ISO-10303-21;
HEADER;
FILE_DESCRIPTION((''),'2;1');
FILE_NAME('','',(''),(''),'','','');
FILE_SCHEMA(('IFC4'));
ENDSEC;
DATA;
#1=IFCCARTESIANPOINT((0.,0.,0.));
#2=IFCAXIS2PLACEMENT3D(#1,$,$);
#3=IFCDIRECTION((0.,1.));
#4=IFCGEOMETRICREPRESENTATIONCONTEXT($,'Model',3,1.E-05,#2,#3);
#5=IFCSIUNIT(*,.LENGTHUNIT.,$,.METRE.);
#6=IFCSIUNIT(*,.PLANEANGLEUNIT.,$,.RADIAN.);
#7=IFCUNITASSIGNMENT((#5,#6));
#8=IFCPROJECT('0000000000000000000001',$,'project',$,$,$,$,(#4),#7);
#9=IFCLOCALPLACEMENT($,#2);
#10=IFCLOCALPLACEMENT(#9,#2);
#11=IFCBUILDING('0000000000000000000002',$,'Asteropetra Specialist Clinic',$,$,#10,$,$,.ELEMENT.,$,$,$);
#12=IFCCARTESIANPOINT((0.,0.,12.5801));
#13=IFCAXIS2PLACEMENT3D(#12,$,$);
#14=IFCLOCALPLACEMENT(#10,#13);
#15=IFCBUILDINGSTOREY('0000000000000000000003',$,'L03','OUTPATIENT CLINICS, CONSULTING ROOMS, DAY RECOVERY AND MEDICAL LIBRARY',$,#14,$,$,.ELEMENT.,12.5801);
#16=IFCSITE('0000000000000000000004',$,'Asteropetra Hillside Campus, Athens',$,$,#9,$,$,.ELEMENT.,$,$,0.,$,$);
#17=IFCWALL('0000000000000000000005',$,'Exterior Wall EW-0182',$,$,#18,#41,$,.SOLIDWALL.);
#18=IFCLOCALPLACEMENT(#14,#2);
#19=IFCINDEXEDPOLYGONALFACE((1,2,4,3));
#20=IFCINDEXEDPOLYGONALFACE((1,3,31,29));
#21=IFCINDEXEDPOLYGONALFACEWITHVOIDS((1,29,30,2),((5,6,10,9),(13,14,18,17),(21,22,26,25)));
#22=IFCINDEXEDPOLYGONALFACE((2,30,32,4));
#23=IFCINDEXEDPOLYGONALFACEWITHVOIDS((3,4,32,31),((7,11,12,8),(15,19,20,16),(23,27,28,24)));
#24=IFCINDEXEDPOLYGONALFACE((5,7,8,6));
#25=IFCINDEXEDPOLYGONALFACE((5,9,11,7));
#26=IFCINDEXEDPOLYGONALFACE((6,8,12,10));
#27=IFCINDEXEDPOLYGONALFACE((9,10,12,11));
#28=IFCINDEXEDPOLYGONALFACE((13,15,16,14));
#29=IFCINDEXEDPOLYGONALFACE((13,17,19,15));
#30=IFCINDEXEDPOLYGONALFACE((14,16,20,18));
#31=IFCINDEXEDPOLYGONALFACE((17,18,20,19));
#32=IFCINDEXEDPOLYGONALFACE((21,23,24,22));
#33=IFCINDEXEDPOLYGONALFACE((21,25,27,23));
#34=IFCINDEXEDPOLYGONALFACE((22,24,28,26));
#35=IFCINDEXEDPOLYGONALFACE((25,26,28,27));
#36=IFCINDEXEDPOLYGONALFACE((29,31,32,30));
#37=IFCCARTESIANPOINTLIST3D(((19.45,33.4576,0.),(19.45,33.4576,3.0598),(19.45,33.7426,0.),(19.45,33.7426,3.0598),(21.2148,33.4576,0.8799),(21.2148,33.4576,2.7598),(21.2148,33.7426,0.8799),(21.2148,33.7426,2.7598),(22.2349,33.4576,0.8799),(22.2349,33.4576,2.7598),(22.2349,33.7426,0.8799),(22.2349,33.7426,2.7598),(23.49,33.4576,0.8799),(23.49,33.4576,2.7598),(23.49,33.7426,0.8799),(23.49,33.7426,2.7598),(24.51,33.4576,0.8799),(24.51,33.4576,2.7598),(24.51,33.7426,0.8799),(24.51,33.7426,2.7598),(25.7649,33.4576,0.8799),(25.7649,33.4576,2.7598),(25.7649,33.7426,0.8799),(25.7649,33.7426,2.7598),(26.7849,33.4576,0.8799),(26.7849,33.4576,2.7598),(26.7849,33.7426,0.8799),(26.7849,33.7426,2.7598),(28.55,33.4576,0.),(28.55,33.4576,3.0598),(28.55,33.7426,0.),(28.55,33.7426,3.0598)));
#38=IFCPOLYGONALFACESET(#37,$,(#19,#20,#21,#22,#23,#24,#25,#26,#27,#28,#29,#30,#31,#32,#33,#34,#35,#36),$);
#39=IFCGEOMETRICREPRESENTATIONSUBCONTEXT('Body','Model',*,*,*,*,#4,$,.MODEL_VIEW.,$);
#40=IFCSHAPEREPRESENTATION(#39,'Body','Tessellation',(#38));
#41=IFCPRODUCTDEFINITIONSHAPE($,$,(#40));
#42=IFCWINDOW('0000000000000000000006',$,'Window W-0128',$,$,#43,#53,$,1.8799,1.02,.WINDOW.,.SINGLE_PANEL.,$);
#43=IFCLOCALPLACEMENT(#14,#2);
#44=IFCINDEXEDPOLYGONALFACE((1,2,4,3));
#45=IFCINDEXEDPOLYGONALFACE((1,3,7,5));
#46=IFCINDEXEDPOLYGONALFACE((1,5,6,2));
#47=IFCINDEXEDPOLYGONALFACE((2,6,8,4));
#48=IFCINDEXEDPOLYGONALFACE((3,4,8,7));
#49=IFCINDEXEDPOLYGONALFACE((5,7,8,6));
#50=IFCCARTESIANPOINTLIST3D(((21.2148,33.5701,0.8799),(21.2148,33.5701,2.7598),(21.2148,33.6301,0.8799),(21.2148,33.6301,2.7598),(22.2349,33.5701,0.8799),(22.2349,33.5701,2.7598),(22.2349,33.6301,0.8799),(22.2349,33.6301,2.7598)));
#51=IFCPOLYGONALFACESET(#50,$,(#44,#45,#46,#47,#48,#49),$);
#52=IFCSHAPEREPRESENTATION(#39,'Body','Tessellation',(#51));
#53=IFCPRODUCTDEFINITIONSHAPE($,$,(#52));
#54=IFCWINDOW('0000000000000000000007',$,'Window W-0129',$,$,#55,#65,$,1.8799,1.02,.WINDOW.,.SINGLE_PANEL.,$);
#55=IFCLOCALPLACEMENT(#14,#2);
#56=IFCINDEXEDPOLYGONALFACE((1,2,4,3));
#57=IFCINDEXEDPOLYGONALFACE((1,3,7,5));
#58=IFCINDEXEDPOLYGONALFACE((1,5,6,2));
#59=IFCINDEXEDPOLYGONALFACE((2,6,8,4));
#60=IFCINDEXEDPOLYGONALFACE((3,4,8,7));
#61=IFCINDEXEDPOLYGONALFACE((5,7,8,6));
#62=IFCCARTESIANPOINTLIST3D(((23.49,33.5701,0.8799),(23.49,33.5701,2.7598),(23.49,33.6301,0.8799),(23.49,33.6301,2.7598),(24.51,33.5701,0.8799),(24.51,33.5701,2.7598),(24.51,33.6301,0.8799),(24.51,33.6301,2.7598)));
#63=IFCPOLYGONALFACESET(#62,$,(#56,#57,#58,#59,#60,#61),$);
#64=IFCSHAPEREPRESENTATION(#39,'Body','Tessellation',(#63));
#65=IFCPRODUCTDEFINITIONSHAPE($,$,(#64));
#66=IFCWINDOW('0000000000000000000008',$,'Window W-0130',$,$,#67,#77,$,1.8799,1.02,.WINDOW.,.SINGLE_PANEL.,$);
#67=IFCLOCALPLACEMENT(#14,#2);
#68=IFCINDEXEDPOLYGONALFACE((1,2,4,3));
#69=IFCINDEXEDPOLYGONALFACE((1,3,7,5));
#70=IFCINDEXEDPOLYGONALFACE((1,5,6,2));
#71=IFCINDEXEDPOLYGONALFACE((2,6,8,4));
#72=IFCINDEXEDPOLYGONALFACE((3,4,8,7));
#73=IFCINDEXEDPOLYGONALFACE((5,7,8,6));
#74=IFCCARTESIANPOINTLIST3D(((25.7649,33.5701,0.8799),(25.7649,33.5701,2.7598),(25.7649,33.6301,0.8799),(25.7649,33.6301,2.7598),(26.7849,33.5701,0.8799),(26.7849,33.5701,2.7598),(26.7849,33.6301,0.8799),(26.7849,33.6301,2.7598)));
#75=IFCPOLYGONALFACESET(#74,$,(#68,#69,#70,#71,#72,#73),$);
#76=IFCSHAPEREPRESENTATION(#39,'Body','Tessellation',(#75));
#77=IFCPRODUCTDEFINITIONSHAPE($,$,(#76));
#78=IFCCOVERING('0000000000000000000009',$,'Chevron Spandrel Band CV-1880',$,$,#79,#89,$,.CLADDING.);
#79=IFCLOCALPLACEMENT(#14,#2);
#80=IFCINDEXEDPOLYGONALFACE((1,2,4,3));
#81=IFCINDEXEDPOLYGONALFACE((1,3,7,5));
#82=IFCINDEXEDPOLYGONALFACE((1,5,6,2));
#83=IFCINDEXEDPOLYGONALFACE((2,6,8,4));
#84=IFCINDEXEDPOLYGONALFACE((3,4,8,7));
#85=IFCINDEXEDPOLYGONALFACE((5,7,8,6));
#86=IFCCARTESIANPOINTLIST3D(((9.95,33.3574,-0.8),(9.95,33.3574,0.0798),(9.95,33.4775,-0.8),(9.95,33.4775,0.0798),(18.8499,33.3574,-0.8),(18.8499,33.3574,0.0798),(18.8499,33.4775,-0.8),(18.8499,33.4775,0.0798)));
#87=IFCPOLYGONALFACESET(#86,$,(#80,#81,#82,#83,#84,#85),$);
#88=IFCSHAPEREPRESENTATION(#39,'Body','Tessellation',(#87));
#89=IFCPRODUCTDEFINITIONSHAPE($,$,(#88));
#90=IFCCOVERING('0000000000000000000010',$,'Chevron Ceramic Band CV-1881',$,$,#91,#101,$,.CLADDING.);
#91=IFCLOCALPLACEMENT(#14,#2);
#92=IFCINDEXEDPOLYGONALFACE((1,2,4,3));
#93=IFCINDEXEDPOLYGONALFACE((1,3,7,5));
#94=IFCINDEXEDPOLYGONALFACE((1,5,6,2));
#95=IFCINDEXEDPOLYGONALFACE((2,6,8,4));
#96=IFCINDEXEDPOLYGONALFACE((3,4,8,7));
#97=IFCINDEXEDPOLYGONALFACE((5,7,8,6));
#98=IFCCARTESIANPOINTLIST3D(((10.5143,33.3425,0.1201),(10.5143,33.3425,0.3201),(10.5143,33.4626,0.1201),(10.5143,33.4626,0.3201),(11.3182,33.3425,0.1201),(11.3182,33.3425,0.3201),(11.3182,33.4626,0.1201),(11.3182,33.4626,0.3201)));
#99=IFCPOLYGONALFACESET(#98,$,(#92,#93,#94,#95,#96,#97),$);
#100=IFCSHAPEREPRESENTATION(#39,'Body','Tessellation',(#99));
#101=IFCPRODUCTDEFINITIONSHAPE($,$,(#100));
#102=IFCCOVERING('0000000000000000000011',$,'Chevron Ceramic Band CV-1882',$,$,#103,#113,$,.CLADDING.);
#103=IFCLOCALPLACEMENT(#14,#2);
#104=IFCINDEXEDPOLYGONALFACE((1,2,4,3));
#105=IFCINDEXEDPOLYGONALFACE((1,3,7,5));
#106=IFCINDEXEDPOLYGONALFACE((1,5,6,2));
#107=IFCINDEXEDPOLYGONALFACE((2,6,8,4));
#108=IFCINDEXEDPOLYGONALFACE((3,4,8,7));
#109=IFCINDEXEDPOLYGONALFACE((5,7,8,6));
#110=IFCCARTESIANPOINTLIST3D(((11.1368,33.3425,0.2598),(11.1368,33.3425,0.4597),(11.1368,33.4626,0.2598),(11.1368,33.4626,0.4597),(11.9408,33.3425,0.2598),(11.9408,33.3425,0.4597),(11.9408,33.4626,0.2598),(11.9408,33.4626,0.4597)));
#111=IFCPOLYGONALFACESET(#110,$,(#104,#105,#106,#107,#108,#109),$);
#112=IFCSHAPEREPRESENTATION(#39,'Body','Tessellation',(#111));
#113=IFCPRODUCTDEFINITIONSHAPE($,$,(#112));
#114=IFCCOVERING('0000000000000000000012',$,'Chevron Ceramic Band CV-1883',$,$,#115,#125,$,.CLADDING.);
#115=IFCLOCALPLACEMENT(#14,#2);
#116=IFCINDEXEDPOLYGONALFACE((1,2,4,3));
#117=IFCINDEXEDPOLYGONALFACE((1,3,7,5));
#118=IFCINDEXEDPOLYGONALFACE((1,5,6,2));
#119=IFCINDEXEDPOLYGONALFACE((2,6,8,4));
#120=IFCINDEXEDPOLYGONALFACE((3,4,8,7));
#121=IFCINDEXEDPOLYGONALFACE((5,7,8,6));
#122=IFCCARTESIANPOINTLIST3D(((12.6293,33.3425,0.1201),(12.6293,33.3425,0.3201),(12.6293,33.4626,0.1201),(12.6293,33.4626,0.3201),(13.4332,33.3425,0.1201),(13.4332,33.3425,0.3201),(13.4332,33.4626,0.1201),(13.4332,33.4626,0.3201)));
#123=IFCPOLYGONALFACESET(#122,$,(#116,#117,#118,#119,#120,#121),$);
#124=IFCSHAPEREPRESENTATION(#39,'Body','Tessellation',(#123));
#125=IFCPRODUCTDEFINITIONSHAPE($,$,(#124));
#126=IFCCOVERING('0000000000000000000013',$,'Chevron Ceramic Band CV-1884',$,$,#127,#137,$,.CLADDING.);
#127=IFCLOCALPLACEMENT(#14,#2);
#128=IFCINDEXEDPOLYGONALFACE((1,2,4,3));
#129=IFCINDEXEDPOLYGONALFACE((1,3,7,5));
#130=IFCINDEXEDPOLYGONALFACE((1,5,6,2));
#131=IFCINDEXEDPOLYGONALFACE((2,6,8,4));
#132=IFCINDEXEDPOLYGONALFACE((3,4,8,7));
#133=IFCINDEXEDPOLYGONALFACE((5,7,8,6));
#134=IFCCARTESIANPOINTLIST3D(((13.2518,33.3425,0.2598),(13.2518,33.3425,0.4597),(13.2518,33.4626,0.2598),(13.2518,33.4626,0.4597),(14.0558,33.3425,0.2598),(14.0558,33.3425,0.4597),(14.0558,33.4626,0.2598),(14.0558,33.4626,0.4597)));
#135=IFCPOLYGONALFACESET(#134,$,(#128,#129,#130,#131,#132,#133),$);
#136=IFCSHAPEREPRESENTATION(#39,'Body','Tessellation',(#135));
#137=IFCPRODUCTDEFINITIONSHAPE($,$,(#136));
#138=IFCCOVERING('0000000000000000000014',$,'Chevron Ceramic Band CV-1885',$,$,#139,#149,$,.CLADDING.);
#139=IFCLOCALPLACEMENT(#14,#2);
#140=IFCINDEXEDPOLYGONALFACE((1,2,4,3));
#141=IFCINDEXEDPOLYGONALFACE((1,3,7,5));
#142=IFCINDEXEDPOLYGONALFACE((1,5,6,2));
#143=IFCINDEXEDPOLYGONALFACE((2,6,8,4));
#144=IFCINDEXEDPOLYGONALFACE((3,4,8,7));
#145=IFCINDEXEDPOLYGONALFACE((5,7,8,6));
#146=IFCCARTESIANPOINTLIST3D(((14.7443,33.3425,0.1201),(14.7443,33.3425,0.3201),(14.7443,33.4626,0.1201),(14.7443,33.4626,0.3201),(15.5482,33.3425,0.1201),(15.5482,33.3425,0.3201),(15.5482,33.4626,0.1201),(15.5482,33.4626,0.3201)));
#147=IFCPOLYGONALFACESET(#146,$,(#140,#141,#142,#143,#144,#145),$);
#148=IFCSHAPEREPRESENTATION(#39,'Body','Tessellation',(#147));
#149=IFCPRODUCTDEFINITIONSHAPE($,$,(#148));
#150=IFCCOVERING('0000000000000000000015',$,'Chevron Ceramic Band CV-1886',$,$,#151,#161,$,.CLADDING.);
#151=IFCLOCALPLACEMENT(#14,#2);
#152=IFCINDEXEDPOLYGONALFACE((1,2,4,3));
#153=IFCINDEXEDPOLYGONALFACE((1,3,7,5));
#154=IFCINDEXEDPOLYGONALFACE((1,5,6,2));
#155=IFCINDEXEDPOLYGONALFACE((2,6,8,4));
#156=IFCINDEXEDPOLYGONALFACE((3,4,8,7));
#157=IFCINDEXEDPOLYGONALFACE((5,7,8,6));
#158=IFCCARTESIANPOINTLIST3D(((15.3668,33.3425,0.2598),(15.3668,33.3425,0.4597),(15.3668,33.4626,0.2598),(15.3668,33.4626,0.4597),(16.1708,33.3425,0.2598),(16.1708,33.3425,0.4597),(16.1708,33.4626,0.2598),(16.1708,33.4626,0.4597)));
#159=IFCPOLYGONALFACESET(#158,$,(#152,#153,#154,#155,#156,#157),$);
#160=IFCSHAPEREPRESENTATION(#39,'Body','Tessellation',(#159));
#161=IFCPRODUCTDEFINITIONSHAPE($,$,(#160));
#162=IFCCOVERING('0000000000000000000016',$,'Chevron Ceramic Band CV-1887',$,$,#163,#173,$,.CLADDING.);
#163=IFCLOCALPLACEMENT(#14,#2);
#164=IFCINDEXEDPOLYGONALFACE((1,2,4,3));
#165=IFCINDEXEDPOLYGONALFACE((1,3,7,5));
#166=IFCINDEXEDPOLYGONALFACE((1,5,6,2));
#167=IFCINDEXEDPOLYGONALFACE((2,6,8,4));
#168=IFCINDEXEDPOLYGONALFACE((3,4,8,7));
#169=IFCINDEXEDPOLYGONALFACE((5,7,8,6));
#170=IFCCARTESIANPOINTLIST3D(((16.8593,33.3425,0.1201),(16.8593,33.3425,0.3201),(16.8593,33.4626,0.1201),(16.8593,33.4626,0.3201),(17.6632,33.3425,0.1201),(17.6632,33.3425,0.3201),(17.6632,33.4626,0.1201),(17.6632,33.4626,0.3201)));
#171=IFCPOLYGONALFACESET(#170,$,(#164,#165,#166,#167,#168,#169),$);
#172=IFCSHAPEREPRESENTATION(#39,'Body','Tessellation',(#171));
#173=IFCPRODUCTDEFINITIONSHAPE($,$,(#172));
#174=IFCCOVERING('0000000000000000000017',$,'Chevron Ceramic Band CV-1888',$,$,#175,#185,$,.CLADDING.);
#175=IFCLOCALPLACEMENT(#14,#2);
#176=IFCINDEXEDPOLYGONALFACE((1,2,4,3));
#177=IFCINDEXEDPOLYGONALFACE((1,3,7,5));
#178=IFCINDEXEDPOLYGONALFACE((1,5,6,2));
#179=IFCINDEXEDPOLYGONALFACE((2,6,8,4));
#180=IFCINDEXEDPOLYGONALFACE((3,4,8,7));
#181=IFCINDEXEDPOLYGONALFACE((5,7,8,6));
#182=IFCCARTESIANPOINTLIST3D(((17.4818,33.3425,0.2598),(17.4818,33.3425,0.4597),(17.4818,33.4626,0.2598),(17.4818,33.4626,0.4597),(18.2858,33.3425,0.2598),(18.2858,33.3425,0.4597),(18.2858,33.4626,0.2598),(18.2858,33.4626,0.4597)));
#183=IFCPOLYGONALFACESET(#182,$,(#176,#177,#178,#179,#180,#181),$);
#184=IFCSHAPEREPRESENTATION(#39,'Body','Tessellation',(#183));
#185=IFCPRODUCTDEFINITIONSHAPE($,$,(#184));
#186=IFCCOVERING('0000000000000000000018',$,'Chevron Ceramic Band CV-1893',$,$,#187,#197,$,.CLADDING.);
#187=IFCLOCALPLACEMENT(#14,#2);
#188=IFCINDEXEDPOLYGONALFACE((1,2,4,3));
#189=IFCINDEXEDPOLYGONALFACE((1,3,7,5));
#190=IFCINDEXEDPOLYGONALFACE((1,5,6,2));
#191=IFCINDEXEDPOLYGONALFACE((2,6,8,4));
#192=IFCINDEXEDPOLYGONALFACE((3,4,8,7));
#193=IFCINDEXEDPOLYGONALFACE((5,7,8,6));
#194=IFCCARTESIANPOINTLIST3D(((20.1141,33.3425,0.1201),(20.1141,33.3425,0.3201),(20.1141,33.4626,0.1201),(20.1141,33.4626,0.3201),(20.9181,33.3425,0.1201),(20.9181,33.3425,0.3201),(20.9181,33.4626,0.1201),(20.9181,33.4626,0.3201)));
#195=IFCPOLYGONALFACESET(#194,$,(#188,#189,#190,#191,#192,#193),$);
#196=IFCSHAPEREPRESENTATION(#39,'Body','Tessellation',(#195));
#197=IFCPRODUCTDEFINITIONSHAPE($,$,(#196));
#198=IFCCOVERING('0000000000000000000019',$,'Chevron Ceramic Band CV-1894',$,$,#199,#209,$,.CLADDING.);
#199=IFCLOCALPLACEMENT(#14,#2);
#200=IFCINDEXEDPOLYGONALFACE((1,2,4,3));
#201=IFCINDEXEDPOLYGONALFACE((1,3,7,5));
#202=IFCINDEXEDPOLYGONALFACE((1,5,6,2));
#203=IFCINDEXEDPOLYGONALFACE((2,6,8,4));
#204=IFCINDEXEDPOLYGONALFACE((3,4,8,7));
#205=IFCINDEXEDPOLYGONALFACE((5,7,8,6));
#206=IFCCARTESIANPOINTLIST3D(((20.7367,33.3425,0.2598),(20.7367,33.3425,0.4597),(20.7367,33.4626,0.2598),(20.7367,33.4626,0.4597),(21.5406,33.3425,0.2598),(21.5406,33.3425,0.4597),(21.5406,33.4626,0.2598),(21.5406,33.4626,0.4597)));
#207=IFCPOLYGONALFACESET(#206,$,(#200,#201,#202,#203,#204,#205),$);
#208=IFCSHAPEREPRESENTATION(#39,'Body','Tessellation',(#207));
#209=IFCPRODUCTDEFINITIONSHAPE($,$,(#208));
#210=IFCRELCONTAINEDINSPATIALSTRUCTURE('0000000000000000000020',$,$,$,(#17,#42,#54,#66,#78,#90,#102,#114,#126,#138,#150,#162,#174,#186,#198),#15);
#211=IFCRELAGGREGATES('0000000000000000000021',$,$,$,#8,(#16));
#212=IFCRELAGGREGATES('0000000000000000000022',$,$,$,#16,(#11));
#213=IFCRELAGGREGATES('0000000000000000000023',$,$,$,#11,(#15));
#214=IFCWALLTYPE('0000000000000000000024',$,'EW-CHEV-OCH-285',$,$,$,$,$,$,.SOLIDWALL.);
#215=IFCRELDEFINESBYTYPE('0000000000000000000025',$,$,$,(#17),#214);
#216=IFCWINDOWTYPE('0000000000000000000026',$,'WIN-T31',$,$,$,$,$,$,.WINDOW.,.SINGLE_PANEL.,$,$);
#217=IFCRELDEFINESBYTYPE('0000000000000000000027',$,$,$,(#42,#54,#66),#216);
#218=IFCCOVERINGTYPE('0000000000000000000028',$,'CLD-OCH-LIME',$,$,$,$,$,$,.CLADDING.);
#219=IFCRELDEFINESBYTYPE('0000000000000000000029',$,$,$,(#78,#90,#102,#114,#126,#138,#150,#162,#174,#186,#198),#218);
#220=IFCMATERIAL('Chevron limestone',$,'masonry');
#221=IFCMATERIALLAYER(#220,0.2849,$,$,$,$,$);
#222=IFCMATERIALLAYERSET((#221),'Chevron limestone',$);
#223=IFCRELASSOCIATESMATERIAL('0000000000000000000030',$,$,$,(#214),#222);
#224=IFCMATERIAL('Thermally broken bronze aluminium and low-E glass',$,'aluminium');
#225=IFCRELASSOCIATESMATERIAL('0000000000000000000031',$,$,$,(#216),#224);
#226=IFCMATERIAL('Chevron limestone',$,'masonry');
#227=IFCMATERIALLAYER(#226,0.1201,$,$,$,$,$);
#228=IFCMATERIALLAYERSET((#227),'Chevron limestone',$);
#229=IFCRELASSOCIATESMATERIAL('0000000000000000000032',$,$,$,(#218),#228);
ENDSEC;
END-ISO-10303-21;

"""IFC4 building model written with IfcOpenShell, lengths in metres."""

from ifc_helpers import new_model, si_unit, direction, frame, frame_2d, origin, origin_2d, place, context, subcontext, project, spatial, rectangle, extrude, material, layer, layer_set, type_object, element, fill, save


model = new_model("IFC4")

# Units and contexts
model_context = context("Model", 3, precision=1e-05, world=origin(), true_north=direction((0.0, 1.0)))
body_context = subcontext(model_context, "Body", "Model", "MODEL_VIEW")
ifc_project = project(units=[si_unit("LENGTHUNIT", "METRE"), si_unit("PLANEANGLEUNIT", "RADIAN")], contexts=[model_context])

# Site, building, storey
site_placement = place(None, origin())
site = spatial("IfcSite", under=ifc_project, at=site_placement, Name="Asteropetra Hillside Campus, Athens", CompositionType="ELEMENT", RefElevation=0.0)
building_placement = place(site_placement, origin())
building = spatial("IfcBuilding", under=site, at=building_placement, Name="Asteropetra Specialist Clinic", CompositionType="ELEMENT")
storey_placement = place(building_placement, frame((0.0, 0.0, 12.5801)))
storey = spatial("IfcBuildingStorey", under=building, at=storey_placement, Name="L03", Description="OUTPATIENT CLINICS, CONSULTING ROOMS, DAY RECOVERY AND MEDICAL LIBRARY", CompositionType="ELEMENT", Elevation=12.5801)

# Wall, openings, windows
ifc_material_1 = material(Name="Chevron limestone", Category="masonry")
ifc_layer_1 = layer(ifc_material_1, 0.2849)
ifc_layer_set_1 = layer_set([ifc_layer_1], Name="Chevron limestone")
wall_type = type_object("IfcWallType", Name="EW-CHEV-OCH-285", PredefinedType="SOLIDWALL", material=ifc_layer_set_1)
ifc_material_2 = material(Name="Thermally broken bronze aluminium and low-E glass", Category="aluminium")
window_type = type_object("IfcWindowType", Name="WIN-T31", PartitioningType="SINGLE_PANEL", PredefinedType="WINDOW", material=ifc_material_2)
wall_1_placement = place(storey_placement, frame((19.45, 33.6001, 0.0), z_axis=(0.0, 0.0, 1.0), x_axis=(1.0, 0.0, 0.0)))
wall_1 = element("IfcWall", 1, at=wall_1_placement, inside=storey, type_object=wall_type, Name="Exterior Wall EW-0182", PredefinedType="SOLIDWALL", context=body_context, shape_type="SweptSolid", body=[
    extrude(rectangle(XDim=9.1001, YDim=0.2849, at=frame_2d((4.55, 0.0))), origin(), (0.0, 0.0, 1.0), 3.0598),
])
opening_1_placement = place(wall_1_placement, frame((1.7649, 0.0, 0.8799)))
opening_1 = element("IfcOpeningElement", 2, at=opening_1_placement, cuts=wall_1, PredefinedType="OPENING", context=body_context, shape_type="SweptSolid", body=[
    extrude(rectangle(XDim=1.02, YDim=1.8799, at=frame_2d((0.51, 0.9399))), frame((0.0, 0.1523, 0.0), z_axis=(0.0, -1.0, 0.0), x_axis=(1.0, 0.0, 0.0)), (0.0, 0.0, 1.0), 0.3049),
])
opening_2_placement = place(wall_1_placement, frame((4.04, 0.0, 0.8799)))
opening_2 = element("IfcOpeningElement", 3, at=opening_2_placement, cuts=wall_1, PredefinedType="OPENING", context=body_context, shape_type="SweptSolid", body=[
    extrude(rectangle(XDim=1.02, YDim=1.8799, at=frame_2d((0.51, 0.9399))), frame((0.0, 0.1523, 0.0), z_axis=(0.0, -1.0, 0.0), x_axis=(1.0, 0.0, 0.0)), (0.0, 0.0, 1.0), 0.3049),
])
opening_3_placement = place(wall_1_placement, frame((6.3149, 0.0, 0.8799)))
opening_3 = element("IfcOpeningElement", 4, at=opening_3_placement, cuts=wall_1, PredefinedType="OPENING", context=body_context, shape_type="SweptSolid", body=[
    extrude(rectangle(XDim=1.02, YDim=1.8799, at=frame_2d((0.51, 0.9399))), frame((0.0, 0.1523, 0.0), z_axis=(0.0, -1.0, 0.0), x_axis=(1.0, 0.0, 0.0)), (0.0, 0.0, 1.0), 0.3049),
])
window_1_placement = place(opening_1_placement, origin())
window_1 = element("IfcWindow", 5, at=window_1_placement, inside=storey, type_object=window_type, Name="Window W-0128", OverallHeight=1.8799, OverallWidth=1.02, PartitioningType="SINGLE_PANEL", PredefinedType="WINDOW", context=body_context, shape_type="SweptSolid", body=[
    extrude(rectangle(XDim=1.02, YDim=1.8799, at=frame_2d((0.51, 0.9399))), frame((0.0, 0.03, 0.0), z_axis=(0.0, -1.0, 0.0), x_axis=(1.0, 0.0, 0.0)), (0.0, 0.0, 1.0), 0.0601),
])
fill(opening_1, window_1)
window_2_placement = place(opening_2_placement, origin())
window_2 = element("IfcWindow", 6, at=window_2_placement, inside=storey, type_object=window_type, Name="Window W-0129", OverallHeight=1.8799, OverallWidth=1.02, PartitioningType="SINGLE_PANEL", PredefinedType="WINDOW", context=body_context, shape_type="SweptSolid", body=[
    extrude(rectangle(XDim=1.02, YDim=1.8799, at=frame_2d((0.51, 0.9399))), frame((0.0, 0.03, 0.0), z_axis=(0.0, -1.0, 0.0), x_axis=(1.0, 0.0, 0.0)), (0.0, 0.0, 1.0), 0.0601),
])
fill(opening_2, window_2)
window_3_placement = place(opening_3_placement, origin())
window_3 = element("IfcWindow", 7, at=window_3_placement, inside=storey, type_object=window_type, Name="Window W-0130", OverallHeight=1.8799, OverallWidth=1.02, PartitioningType="SINGLE_PANEL", PredefinedType="WINDOW", context=body_context, shape_type="SweptSolid", body=[
    extrude(rectangle(XDim=1.02, YDim=1.8799, at=frame_2d((0.51, 0.9399))), frame((0.0, 0.03, 0.0), z_axis=(0.0, -1.0, 0.0), x_axis=(1.0, 0.0, 0.0)), (0.0, 0.0, 1.0), 0.0601),
])
fill(opening_3, window_3)

# Coverings
ifc_material_3 = material(Name="Chevron limestone", Category="masonry")
ifc_layer_2 = layer(ifc_material_3, 0.1201)
ifc_layer_set_2 = layer_set([ifc_layer_2], Name="Chevron limestone")
covering_type = type_object("IfcCoveringType", Name="CLD-OCH-LIME", PredefinedType="CLADDING", material=ifc_layer_set_2)
covering_placement = place(storey_placement, frame((14.3999, 33.4175, -0.8), z_axis=(0.0, 0.0, 1.0), x_axis=(1.0, 0.0, 0.0)))
element("IfcCovering", 8, at=covering_placement, inside=storey, type_object=covering_type, Name="Chevron Spandrel Band CV-1880", PredefinedType="CLADDING", context=body_context, shape_type="SweptSolid", body=[
    extrude(rectangle(XDim=8.8999, YDim=0.1201, at=origin_2d()), origin(), (0.0, 0.0, 1.0), 0.8799),
])
for number, where, z_axis, x_axis, name in (
    (9, (10.9163, 33.4026, 0.1201), (0.0, 0.0, 1.0), (1.0, 0.0, 0.0), "Chevron Ceramic Band CV-1881"),
    (10, (11.5388, 33.4026, 0.2598), (0.0, 0.0, 1.0), (1.0, 0.0, 0.0), "Chevron Ceramic Band CV-1882"),
    (11, (13.0312, 33.4026, 0.1201), (0.0, 0.0, 1.0), (1.0, 0.0, 0.0), "Chevron Ceramic Band CV-1883"),
    (12, (13.6538, 33.4026, 0.2598), (0.0, 0.0, 1.0), (1.0, 0.0, 0.0), "Chevron Ceramic Band CV-1884"),
    (13, (15.1462, 33.4026, 0.1201), (0.0, 0.0, 1.0), (1.0, 0.0, 0.0), "Chevron Ceramic Band CV-1885"),
    (14, (15.7688, 33.4026, 0.2598), (0.0, 0.0, 1.0), (1.0, 0.0, 0.0), "Chevron Ceramic Band CV-1886"),
    (15, (17.2612, 33.4026, 0.1201), (0.0, 0.0, 1.0), (1.0, 0.0, 0.0), "Chevron Ceramic Band CV-1887"),
    (16, (17.8838, 33.4026, 0.2598), (0.0, 0.0, 1.0), (1.0, 0.0, 0.0), "Chevron Ceramic Band CV-1888"),
    (17, (20.5161, 33.4026, 0.1201), (0.0, 0.0, 1.0), (1.0, 0.0, 0.0), "Chevron Ceramic Band CV-1893"),
    (18, (21.1387, 33.4026, 0.2598), (0.0, 0.0, 1.0), (1.0, 0.0, 0.0), "Chevron Ceramic Band CV-1894"),
):
    element("IfcCovering", number, at=place(storey_placement, frame(where, z_axis=z_axis, x_axis=x_axis)), inside=storey, type_object=covering_type, Name=name, PredefinedType="CLADDING", context=body_context, shape_type="SweptSolid", body=[
        extrude(rectangle(XDim=0.804, YDim=0.1201, at=origin_2d()), origin(), (0.0, 0.0, 1.0), 0.2),
    ])

save(model, "model.ifc")
